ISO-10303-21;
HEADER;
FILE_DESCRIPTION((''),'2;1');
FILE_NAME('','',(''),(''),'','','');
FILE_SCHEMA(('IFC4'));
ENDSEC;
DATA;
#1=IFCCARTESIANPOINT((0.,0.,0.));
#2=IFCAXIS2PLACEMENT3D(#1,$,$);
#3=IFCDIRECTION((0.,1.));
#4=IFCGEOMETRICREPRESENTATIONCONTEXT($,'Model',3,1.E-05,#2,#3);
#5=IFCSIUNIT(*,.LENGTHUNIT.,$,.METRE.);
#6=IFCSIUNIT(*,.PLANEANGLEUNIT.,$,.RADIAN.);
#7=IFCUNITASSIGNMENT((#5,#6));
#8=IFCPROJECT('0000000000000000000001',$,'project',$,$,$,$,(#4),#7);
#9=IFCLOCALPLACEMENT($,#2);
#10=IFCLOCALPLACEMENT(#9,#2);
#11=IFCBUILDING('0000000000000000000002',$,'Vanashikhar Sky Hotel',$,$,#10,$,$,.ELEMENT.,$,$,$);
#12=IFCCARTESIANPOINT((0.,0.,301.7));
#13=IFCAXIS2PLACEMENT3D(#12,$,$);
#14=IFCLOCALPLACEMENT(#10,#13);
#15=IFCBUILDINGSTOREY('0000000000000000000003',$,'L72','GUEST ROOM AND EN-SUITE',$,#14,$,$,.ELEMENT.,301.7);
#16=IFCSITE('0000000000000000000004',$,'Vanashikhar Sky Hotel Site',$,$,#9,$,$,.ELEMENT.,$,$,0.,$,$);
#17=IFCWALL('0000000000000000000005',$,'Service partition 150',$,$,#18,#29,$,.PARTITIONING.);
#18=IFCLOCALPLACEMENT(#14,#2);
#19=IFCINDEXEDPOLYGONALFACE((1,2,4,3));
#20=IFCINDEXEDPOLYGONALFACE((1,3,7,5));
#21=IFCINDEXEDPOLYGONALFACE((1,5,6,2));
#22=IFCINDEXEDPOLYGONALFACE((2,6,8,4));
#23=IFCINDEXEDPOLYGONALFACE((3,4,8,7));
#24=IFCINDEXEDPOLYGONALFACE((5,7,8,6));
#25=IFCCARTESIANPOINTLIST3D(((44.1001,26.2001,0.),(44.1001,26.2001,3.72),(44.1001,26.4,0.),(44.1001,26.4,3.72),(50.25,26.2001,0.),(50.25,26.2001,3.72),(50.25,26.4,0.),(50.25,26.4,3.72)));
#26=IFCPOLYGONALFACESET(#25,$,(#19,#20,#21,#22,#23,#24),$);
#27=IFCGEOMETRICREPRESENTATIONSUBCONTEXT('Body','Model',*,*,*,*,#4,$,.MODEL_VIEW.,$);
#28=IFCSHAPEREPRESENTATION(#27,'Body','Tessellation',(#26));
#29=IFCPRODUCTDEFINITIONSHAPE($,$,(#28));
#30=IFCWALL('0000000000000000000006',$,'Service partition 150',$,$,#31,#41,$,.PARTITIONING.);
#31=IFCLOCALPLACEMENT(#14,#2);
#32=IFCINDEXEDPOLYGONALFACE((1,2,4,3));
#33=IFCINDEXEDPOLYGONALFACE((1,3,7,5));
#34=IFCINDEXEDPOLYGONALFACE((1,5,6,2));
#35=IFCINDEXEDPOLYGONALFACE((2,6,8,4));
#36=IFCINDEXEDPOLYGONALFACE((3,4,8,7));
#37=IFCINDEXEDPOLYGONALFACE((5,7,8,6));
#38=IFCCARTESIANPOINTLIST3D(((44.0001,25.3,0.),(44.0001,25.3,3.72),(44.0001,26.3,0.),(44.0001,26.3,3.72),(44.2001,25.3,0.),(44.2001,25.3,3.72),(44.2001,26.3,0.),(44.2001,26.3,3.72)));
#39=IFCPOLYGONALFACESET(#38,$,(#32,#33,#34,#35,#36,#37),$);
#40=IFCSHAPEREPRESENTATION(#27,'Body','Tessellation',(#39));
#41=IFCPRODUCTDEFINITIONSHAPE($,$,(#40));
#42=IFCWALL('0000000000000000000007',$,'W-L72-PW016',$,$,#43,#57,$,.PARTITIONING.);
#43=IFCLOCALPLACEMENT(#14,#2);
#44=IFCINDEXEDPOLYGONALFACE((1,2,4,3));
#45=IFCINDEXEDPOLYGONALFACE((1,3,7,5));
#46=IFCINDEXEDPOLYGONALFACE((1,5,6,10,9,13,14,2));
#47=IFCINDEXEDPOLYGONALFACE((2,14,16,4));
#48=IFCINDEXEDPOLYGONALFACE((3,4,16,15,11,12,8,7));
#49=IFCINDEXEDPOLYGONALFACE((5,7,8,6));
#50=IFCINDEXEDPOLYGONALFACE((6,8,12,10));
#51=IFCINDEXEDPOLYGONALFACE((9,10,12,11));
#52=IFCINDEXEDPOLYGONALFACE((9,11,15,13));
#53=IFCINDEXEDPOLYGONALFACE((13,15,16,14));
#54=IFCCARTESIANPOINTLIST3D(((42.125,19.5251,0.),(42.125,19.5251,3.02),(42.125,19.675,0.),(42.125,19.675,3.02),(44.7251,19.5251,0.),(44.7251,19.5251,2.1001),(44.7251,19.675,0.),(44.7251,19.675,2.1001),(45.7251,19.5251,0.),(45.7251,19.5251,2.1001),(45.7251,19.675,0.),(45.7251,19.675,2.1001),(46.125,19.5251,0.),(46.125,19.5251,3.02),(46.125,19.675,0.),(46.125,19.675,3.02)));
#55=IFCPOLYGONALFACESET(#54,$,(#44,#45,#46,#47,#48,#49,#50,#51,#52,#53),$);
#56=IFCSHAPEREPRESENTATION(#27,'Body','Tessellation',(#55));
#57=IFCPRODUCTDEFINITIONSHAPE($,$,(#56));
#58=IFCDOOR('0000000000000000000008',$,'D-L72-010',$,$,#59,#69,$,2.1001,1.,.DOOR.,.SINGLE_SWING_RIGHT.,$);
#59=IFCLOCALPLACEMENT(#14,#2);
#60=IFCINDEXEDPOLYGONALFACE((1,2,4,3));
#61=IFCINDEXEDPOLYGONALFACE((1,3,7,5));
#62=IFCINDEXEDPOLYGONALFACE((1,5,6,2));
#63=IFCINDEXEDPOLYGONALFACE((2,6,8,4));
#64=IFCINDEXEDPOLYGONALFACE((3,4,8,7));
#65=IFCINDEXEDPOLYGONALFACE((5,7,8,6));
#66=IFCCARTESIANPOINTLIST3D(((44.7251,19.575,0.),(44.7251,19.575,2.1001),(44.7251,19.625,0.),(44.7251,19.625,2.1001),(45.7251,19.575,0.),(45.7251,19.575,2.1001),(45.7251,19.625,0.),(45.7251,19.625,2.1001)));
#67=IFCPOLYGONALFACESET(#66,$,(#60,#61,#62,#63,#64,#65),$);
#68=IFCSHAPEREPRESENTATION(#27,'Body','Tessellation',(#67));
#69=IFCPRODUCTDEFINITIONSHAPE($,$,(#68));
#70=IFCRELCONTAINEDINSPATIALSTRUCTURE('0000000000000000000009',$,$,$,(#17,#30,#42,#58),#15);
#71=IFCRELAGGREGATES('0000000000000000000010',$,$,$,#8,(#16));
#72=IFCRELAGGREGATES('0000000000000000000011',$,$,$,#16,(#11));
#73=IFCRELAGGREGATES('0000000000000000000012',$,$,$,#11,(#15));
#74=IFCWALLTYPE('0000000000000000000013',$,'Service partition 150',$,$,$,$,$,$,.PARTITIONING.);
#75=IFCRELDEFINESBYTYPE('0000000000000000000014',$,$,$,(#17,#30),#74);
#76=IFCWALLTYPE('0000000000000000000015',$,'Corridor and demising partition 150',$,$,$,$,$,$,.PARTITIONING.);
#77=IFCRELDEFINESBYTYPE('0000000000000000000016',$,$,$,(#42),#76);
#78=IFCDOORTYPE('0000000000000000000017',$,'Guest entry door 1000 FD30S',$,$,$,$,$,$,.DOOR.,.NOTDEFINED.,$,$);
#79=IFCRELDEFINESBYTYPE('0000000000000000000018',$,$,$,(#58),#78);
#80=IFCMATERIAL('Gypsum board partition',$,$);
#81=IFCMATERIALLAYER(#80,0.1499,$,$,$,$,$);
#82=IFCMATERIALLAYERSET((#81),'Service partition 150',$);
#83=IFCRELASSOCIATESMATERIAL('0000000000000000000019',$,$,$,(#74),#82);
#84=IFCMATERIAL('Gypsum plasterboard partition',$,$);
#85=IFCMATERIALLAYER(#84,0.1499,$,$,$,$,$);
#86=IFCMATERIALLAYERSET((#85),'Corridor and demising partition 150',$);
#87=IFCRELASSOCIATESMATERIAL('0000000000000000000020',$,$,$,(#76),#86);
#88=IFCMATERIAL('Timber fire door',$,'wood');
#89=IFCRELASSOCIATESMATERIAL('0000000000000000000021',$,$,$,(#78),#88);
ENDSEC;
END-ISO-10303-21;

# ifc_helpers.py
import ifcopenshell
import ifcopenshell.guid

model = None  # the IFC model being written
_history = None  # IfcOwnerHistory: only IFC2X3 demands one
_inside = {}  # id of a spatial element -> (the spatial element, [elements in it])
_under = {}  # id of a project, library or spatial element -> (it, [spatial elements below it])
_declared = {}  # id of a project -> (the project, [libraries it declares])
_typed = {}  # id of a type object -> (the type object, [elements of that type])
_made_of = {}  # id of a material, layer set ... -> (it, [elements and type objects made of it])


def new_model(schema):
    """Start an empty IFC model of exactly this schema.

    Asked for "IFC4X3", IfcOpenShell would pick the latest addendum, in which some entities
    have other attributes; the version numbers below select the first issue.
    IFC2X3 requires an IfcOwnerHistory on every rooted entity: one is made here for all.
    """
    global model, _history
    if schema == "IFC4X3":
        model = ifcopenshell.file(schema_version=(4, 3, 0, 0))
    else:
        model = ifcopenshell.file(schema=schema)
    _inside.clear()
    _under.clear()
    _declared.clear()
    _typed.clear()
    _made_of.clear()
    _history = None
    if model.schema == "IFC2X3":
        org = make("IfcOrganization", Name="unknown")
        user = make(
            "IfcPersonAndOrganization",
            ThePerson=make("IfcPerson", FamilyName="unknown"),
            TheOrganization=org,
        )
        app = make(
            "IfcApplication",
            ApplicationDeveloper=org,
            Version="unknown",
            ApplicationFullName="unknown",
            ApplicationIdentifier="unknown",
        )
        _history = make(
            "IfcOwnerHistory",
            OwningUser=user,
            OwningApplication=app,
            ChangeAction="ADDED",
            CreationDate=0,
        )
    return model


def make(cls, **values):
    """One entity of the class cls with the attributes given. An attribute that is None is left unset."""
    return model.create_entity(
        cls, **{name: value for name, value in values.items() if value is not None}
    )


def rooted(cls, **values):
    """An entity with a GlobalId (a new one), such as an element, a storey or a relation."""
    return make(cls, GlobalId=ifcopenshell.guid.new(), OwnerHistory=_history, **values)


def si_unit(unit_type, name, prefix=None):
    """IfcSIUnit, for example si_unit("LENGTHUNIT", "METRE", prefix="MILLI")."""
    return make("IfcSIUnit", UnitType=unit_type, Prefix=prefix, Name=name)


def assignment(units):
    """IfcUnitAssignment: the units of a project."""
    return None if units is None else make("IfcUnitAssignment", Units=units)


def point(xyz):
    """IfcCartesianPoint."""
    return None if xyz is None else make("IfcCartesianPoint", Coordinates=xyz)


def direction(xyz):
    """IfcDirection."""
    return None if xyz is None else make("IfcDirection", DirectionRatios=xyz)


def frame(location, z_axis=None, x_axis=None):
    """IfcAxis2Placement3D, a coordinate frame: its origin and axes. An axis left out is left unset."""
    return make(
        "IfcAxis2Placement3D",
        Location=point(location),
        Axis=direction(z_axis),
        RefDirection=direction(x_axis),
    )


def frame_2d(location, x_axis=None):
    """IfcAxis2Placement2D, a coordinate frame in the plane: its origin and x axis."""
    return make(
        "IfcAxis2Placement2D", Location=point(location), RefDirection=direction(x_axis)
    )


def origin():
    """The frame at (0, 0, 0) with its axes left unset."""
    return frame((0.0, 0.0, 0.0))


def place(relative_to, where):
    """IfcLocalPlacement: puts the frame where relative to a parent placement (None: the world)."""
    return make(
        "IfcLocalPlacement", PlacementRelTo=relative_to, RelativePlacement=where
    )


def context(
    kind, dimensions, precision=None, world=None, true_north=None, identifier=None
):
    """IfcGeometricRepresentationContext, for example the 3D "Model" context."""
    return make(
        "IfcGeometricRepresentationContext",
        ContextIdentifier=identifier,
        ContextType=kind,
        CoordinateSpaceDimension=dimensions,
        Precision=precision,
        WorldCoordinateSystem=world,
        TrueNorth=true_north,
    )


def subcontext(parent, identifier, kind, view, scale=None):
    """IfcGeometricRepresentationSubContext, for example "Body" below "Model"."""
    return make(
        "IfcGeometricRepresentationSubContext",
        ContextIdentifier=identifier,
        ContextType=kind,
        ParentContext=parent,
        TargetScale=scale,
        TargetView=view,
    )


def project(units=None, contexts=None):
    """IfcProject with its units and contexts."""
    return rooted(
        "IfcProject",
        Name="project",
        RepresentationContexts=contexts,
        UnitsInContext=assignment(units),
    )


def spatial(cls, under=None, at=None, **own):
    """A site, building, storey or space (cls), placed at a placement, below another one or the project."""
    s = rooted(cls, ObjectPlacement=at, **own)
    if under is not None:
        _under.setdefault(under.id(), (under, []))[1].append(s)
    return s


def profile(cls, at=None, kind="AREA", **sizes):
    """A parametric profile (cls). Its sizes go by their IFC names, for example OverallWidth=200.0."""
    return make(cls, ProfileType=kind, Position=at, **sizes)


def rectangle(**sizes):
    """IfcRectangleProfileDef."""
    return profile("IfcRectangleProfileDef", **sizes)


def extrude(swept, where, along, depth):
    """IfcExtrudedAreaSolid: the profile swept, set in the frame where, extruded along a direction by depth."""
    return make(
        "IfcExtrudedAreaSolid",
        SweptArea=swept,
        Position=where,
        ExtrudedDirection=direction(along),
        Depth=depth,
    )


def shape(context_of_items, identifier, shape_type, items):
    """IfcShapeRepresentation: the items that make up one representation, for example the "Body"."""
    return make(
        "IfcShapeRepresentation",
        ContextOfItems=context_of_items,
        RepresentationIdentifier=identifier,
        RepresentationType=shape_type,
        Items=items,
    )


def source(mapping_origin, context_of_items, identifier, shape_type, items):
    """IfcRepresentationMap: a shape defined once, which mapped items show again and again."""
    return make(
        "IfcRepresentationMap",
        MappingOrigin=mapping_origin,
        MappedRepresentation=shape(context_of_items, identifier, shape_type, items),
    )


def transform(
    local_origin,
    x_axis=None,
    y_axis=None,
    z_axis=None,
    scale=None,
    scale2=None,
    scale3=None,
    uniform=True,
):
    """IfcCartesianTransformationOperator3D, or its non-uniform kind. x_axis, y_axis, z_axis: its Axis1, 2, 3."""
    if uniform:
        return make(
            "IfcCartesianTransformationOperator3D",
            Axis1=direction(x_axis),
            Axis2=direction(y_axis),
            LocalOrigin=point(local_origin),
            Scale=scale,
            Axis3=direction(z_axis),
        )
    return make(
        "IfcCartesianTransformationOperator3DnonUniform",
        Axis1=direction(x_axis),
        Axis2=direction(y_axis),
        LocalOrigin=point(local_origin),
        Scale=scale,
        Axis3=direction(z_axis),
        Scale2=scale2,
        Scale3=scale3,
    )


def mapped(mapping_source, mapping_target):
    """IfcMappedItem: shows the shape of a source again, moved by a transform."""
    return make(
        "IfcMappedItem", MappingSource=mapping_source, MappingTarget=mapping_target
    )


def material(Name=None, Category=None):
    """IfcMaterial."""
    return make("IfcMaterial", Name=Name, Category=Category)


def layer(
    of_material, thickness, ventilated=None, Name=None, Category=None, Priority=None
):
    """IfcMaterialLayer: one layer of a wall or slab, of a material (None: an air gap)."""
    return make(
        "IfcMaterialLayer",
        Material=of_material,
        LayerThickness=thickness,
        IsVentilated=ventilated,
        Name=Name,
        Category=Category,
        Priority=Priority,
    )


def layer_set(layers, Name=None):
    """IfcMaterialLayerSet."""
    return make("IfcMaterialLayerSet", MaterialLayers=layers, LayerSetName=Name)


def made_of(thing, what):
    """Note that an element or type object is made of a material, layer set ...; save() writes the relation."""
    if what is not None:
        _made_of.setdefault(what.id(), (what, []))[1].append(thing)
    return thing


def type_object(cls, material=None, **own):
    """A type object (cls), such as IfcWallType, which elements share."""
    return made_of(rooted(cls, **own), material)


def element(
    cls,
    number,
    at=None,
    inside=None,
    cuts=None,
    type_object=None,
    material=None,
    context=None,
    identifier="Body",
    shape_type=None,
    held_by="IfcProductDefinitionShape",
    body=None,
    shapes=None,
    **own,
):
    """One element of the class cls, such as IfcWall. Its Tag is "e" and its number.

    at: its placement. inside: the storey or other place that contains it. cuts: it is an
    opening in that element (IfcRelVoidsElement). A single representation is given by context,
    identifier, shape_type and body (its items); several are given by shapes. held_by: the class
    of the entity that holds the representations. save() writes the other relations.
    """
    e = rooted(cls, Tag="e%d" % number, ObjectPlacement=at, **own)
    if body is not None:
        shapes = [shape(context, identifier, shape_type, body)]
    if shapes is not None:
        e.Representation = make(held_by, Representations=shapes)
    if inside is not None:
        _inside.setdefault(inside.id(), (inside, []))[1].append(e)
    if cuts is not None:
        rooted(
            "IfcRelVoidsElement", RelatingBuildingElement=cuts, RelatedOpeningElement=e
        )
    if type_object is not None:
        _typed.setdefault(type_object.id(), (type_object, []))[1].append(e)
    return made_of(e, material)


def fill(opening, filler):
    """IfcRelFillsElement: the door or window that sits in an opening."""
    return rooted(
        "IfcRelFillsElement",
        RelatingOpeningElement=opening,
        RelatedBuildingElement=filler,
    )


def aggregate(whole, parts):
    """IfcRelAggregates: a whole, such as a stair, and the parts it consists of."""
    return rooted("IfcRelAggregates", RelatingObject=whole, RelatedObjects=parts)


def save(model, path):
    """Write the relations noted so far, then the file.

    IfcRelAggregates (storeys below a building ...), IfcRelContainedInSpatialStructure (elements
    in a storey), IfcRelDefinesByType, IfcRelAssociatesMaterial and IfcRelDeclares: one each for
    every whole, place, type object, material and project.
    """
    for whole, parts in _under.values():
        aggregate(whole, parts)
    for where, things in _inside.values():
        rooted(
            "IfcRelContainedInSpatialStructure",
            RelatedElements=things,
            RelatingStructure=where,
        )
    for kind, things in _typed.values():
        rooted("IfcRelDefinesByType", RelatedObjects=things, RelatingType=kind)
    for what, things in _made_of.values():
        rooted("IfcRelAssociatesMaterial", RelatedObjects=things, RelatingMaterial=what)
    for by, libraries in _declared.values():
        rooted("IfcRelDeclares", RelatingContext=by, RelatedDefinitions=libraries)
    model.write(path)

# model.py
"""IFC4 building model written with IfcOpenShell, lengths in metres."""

from ifc_helpers import new_model, si_unit, direction, frame, frame_2d, origin, place, context, subcontext, project, spatial, rectangle, extrude, source, transform, mapped, material, layer, layer_set, type_object, element, fill, save


model = new_model("IFC4")

# Units and contexts
model_context = context("Model", 3, precision=1e-05, world=origin(), true_north=direction((0.0, 1.0)))
body_context = subcontext(model_context, "Body", "Model", "MODEL_VIEW")
ifc_project = project(units=[si_unit("LENGTHUNIT", "METRE"), si_unit("PLANEANGLEUNIT", "RADIAN")], contexts=[model_context])

# Site, building, storey
site_placement = place(None, origin())
site = spatial("IfcSite", under=ifc_project, at=site_placement, Name="Vanashikhar Sky Hotel Site", CompositionType="ELEMENT", RefElevation=0.0)
building_placement = place(site_placement, origin())
building = spatial("IfcBuilding", under=site, at=building_placement, Name="Vanashikhar Sky Hotel", CompositionType="ELEMENT")
storey_placement = place(building_placement, frame((0.0, 0.0, 301.7)))
storey = spatial("IfcBuildingStorey", under=building, at=storey_placement, Name="L72", Description="GUEST ROOM AND EN-SUITE", CompositionType="ELEMENT", Elevation=301.7)

# Shared definitions
ifc_material_1 = material(Name="Gypsum board partition")
ifc_layer_1 = layer(ifc_material_1, 0.1499)
ifc_layer_set_1 = layer_set([ifc_layer_1], Name="Service partition 150")
wall_type_1 = type_object("IfcWallType", Name="Service partition 150", PredefinedType="PARTITIONING", material=ifc_layer_set_1)

# Walls
shared_shape_1 = source(origin(), body_context, "Body", "SweptSolid", [
    extrude(rectangle(XDim=6.1499, YDim=0.2, at=frame_2d((3.075, 0.0))), origin(), (0.0, 0.0, 1.0), 3.72),
])
for number, where, z_axis, x_axis, name in (
    (1, (44.1001, 26.3, 0.0), (0.0, 0.0, 1.0), (1.0, 0.0, 0.0), "Service partition 150"),
):
    element("IfcWall", number, at=place(storey_placement, frame(where, z_axis=z_axis, x_axis=x_axis)), inside=storey, type_object=wall_type_1, Name=name, PredefinedType="PARTITIONING", context=body_context, shape_type="MappedRepresentation", body=[
        mapped(shared_shape_1, transform((0.0, 0.0, 0.0), scale=1.0)),
    ])
shared_shape_2 = source(origin(), body_context, "Body", "SweptSolid", [
    extrude(rectangle(XDim=1.0, YDim=0.2, at=frame_2d((0.5, 0.0))), origin(), (0.0, 0.0, 1.0), 3.72),
])
wall_1_placement = place(storey_placement, frame((44.1001, 25.3, 0.0), z_axis=(0.0, 0.0, 1.0), x_axis=(0.0, 1.0, 0.0)))
element("IfcWall", 2, at=wall_1_placement, inside=storey, type_object=wall_type_1, Name="Service partition 150", PredefinedType="PARTITIONING", context=body_context, shape_type="MappedRepresentation", body=[
    mapped(shared_shape_2, transform((0.0, 0.0, 0.0), scale=1.0)),
])

# Wall, opening, door
ifc_material_2 = material(Name="Gypsum plasterboard partition")
ifc_layer_2 = layer(ifc_material_2, 0.1499)
ifc_layer_set_2 = layer_set([ifc_layer_2], Name="Corridor and demising partition 150")
wall_type_2 = type_object("IfcWallType", Name="Corridor and demising partition 150", PredefinedType="PARTITIONING", material=ifc_layer_set_2)
shared_shape_3 = source(origin(), body_context, "Body", "SweptSolid", [
    extrude(rectangle(XDim=4.0, YDim=0.1499, at=frame_2d((2.0, 0.0))), origin(), (0.0, 0.0, 1.0), 3.02),
])
wall_2_placement = place(storey_placement, frame((42.125, 19.6001, 0.0), z_axis=(0.0, 0.0, 1.0), x_axis=(1.0, 0.0, 0.0)))
wall_2 = element("IfcWall", 3, at=wall_2_placement, inside=storey, type_object=wall_type_2, Name="W-L72-PW016", PredefinedType="PARTITIONING", context=body_context, shape_type="MappedRepresentation", body=[
    mapped(shared_shape_3, transform((0.0, 0.0, 0.0), scale=1.0)),
])
shared_shape_4 = source(origin(), body_context, "Body", "SweptSolid", [
    extrude(rectangle(XDim=1.0, YDim=2.1001, at=frame_2d((0.5, 1.05))), frame((0.0, 0.085, 0.0), z_axis=(0.0, -1.0, 0.0), x_axis=(1.0, 0.0, 0.0)), (0.0, 0.0, 1.0), 0.1699),
])
opening_1_placement = place(wall_2_placement, frame((2.6001, 0.0, 0.0)))
opening_1 = element("IfcOpeningElement", 4, at=opening_1_placement, cuts=wall_2, PredefinedType="OPENING", context=body_context, shape_type="MappedRepresentation", body=[
    mapped(shared_shape_4, transform((0.0, 0.0, 0.0), scale=1.0)),
])
ifc_material_3 = material(Name="Timber fire door", Category="wood")
door_type_1 = type_object("IfcDoorType", Name="Guest entry door 1000 FD30S", OperationType="NOTDEFINED", PredefinedType="DOOR", material=ifc_material_3)
shared_shape_5 = source(origin(), body_context, "Body", "SweptSolid", [
    extrude(rectangle(XDim=1.0, YDim=2.1001, at=frame_2d((0.5, 1.05))), frame((0.0, 0.0249, 0.0), z_axis=(0.0, -1.0, 0.0), x_axis=(1.0, 0.0, 0.0)), (0.0, 0.0, 1.0), 0.05),
])
door_1_placement = place(opening_1_placement, origin())
door_1 = element("IfcDoor", 5, at=door_1_placement, inside=storey, type_object=door_type_1, Name="D-L72-010", OperationType="SINGLE_SWING_RIGHT", OverallHeight=2.1001, OverallWidth=1.0, PredefinedType="DOOR", context=body_context, shape_type="MappedRepresentation", body=[
    mapped(shared_shape_5, transform((0.0, 0.0, 0.0), scale=1.0)),
])
fill(opening_1, door_1)

save(model, "model.ifc")
